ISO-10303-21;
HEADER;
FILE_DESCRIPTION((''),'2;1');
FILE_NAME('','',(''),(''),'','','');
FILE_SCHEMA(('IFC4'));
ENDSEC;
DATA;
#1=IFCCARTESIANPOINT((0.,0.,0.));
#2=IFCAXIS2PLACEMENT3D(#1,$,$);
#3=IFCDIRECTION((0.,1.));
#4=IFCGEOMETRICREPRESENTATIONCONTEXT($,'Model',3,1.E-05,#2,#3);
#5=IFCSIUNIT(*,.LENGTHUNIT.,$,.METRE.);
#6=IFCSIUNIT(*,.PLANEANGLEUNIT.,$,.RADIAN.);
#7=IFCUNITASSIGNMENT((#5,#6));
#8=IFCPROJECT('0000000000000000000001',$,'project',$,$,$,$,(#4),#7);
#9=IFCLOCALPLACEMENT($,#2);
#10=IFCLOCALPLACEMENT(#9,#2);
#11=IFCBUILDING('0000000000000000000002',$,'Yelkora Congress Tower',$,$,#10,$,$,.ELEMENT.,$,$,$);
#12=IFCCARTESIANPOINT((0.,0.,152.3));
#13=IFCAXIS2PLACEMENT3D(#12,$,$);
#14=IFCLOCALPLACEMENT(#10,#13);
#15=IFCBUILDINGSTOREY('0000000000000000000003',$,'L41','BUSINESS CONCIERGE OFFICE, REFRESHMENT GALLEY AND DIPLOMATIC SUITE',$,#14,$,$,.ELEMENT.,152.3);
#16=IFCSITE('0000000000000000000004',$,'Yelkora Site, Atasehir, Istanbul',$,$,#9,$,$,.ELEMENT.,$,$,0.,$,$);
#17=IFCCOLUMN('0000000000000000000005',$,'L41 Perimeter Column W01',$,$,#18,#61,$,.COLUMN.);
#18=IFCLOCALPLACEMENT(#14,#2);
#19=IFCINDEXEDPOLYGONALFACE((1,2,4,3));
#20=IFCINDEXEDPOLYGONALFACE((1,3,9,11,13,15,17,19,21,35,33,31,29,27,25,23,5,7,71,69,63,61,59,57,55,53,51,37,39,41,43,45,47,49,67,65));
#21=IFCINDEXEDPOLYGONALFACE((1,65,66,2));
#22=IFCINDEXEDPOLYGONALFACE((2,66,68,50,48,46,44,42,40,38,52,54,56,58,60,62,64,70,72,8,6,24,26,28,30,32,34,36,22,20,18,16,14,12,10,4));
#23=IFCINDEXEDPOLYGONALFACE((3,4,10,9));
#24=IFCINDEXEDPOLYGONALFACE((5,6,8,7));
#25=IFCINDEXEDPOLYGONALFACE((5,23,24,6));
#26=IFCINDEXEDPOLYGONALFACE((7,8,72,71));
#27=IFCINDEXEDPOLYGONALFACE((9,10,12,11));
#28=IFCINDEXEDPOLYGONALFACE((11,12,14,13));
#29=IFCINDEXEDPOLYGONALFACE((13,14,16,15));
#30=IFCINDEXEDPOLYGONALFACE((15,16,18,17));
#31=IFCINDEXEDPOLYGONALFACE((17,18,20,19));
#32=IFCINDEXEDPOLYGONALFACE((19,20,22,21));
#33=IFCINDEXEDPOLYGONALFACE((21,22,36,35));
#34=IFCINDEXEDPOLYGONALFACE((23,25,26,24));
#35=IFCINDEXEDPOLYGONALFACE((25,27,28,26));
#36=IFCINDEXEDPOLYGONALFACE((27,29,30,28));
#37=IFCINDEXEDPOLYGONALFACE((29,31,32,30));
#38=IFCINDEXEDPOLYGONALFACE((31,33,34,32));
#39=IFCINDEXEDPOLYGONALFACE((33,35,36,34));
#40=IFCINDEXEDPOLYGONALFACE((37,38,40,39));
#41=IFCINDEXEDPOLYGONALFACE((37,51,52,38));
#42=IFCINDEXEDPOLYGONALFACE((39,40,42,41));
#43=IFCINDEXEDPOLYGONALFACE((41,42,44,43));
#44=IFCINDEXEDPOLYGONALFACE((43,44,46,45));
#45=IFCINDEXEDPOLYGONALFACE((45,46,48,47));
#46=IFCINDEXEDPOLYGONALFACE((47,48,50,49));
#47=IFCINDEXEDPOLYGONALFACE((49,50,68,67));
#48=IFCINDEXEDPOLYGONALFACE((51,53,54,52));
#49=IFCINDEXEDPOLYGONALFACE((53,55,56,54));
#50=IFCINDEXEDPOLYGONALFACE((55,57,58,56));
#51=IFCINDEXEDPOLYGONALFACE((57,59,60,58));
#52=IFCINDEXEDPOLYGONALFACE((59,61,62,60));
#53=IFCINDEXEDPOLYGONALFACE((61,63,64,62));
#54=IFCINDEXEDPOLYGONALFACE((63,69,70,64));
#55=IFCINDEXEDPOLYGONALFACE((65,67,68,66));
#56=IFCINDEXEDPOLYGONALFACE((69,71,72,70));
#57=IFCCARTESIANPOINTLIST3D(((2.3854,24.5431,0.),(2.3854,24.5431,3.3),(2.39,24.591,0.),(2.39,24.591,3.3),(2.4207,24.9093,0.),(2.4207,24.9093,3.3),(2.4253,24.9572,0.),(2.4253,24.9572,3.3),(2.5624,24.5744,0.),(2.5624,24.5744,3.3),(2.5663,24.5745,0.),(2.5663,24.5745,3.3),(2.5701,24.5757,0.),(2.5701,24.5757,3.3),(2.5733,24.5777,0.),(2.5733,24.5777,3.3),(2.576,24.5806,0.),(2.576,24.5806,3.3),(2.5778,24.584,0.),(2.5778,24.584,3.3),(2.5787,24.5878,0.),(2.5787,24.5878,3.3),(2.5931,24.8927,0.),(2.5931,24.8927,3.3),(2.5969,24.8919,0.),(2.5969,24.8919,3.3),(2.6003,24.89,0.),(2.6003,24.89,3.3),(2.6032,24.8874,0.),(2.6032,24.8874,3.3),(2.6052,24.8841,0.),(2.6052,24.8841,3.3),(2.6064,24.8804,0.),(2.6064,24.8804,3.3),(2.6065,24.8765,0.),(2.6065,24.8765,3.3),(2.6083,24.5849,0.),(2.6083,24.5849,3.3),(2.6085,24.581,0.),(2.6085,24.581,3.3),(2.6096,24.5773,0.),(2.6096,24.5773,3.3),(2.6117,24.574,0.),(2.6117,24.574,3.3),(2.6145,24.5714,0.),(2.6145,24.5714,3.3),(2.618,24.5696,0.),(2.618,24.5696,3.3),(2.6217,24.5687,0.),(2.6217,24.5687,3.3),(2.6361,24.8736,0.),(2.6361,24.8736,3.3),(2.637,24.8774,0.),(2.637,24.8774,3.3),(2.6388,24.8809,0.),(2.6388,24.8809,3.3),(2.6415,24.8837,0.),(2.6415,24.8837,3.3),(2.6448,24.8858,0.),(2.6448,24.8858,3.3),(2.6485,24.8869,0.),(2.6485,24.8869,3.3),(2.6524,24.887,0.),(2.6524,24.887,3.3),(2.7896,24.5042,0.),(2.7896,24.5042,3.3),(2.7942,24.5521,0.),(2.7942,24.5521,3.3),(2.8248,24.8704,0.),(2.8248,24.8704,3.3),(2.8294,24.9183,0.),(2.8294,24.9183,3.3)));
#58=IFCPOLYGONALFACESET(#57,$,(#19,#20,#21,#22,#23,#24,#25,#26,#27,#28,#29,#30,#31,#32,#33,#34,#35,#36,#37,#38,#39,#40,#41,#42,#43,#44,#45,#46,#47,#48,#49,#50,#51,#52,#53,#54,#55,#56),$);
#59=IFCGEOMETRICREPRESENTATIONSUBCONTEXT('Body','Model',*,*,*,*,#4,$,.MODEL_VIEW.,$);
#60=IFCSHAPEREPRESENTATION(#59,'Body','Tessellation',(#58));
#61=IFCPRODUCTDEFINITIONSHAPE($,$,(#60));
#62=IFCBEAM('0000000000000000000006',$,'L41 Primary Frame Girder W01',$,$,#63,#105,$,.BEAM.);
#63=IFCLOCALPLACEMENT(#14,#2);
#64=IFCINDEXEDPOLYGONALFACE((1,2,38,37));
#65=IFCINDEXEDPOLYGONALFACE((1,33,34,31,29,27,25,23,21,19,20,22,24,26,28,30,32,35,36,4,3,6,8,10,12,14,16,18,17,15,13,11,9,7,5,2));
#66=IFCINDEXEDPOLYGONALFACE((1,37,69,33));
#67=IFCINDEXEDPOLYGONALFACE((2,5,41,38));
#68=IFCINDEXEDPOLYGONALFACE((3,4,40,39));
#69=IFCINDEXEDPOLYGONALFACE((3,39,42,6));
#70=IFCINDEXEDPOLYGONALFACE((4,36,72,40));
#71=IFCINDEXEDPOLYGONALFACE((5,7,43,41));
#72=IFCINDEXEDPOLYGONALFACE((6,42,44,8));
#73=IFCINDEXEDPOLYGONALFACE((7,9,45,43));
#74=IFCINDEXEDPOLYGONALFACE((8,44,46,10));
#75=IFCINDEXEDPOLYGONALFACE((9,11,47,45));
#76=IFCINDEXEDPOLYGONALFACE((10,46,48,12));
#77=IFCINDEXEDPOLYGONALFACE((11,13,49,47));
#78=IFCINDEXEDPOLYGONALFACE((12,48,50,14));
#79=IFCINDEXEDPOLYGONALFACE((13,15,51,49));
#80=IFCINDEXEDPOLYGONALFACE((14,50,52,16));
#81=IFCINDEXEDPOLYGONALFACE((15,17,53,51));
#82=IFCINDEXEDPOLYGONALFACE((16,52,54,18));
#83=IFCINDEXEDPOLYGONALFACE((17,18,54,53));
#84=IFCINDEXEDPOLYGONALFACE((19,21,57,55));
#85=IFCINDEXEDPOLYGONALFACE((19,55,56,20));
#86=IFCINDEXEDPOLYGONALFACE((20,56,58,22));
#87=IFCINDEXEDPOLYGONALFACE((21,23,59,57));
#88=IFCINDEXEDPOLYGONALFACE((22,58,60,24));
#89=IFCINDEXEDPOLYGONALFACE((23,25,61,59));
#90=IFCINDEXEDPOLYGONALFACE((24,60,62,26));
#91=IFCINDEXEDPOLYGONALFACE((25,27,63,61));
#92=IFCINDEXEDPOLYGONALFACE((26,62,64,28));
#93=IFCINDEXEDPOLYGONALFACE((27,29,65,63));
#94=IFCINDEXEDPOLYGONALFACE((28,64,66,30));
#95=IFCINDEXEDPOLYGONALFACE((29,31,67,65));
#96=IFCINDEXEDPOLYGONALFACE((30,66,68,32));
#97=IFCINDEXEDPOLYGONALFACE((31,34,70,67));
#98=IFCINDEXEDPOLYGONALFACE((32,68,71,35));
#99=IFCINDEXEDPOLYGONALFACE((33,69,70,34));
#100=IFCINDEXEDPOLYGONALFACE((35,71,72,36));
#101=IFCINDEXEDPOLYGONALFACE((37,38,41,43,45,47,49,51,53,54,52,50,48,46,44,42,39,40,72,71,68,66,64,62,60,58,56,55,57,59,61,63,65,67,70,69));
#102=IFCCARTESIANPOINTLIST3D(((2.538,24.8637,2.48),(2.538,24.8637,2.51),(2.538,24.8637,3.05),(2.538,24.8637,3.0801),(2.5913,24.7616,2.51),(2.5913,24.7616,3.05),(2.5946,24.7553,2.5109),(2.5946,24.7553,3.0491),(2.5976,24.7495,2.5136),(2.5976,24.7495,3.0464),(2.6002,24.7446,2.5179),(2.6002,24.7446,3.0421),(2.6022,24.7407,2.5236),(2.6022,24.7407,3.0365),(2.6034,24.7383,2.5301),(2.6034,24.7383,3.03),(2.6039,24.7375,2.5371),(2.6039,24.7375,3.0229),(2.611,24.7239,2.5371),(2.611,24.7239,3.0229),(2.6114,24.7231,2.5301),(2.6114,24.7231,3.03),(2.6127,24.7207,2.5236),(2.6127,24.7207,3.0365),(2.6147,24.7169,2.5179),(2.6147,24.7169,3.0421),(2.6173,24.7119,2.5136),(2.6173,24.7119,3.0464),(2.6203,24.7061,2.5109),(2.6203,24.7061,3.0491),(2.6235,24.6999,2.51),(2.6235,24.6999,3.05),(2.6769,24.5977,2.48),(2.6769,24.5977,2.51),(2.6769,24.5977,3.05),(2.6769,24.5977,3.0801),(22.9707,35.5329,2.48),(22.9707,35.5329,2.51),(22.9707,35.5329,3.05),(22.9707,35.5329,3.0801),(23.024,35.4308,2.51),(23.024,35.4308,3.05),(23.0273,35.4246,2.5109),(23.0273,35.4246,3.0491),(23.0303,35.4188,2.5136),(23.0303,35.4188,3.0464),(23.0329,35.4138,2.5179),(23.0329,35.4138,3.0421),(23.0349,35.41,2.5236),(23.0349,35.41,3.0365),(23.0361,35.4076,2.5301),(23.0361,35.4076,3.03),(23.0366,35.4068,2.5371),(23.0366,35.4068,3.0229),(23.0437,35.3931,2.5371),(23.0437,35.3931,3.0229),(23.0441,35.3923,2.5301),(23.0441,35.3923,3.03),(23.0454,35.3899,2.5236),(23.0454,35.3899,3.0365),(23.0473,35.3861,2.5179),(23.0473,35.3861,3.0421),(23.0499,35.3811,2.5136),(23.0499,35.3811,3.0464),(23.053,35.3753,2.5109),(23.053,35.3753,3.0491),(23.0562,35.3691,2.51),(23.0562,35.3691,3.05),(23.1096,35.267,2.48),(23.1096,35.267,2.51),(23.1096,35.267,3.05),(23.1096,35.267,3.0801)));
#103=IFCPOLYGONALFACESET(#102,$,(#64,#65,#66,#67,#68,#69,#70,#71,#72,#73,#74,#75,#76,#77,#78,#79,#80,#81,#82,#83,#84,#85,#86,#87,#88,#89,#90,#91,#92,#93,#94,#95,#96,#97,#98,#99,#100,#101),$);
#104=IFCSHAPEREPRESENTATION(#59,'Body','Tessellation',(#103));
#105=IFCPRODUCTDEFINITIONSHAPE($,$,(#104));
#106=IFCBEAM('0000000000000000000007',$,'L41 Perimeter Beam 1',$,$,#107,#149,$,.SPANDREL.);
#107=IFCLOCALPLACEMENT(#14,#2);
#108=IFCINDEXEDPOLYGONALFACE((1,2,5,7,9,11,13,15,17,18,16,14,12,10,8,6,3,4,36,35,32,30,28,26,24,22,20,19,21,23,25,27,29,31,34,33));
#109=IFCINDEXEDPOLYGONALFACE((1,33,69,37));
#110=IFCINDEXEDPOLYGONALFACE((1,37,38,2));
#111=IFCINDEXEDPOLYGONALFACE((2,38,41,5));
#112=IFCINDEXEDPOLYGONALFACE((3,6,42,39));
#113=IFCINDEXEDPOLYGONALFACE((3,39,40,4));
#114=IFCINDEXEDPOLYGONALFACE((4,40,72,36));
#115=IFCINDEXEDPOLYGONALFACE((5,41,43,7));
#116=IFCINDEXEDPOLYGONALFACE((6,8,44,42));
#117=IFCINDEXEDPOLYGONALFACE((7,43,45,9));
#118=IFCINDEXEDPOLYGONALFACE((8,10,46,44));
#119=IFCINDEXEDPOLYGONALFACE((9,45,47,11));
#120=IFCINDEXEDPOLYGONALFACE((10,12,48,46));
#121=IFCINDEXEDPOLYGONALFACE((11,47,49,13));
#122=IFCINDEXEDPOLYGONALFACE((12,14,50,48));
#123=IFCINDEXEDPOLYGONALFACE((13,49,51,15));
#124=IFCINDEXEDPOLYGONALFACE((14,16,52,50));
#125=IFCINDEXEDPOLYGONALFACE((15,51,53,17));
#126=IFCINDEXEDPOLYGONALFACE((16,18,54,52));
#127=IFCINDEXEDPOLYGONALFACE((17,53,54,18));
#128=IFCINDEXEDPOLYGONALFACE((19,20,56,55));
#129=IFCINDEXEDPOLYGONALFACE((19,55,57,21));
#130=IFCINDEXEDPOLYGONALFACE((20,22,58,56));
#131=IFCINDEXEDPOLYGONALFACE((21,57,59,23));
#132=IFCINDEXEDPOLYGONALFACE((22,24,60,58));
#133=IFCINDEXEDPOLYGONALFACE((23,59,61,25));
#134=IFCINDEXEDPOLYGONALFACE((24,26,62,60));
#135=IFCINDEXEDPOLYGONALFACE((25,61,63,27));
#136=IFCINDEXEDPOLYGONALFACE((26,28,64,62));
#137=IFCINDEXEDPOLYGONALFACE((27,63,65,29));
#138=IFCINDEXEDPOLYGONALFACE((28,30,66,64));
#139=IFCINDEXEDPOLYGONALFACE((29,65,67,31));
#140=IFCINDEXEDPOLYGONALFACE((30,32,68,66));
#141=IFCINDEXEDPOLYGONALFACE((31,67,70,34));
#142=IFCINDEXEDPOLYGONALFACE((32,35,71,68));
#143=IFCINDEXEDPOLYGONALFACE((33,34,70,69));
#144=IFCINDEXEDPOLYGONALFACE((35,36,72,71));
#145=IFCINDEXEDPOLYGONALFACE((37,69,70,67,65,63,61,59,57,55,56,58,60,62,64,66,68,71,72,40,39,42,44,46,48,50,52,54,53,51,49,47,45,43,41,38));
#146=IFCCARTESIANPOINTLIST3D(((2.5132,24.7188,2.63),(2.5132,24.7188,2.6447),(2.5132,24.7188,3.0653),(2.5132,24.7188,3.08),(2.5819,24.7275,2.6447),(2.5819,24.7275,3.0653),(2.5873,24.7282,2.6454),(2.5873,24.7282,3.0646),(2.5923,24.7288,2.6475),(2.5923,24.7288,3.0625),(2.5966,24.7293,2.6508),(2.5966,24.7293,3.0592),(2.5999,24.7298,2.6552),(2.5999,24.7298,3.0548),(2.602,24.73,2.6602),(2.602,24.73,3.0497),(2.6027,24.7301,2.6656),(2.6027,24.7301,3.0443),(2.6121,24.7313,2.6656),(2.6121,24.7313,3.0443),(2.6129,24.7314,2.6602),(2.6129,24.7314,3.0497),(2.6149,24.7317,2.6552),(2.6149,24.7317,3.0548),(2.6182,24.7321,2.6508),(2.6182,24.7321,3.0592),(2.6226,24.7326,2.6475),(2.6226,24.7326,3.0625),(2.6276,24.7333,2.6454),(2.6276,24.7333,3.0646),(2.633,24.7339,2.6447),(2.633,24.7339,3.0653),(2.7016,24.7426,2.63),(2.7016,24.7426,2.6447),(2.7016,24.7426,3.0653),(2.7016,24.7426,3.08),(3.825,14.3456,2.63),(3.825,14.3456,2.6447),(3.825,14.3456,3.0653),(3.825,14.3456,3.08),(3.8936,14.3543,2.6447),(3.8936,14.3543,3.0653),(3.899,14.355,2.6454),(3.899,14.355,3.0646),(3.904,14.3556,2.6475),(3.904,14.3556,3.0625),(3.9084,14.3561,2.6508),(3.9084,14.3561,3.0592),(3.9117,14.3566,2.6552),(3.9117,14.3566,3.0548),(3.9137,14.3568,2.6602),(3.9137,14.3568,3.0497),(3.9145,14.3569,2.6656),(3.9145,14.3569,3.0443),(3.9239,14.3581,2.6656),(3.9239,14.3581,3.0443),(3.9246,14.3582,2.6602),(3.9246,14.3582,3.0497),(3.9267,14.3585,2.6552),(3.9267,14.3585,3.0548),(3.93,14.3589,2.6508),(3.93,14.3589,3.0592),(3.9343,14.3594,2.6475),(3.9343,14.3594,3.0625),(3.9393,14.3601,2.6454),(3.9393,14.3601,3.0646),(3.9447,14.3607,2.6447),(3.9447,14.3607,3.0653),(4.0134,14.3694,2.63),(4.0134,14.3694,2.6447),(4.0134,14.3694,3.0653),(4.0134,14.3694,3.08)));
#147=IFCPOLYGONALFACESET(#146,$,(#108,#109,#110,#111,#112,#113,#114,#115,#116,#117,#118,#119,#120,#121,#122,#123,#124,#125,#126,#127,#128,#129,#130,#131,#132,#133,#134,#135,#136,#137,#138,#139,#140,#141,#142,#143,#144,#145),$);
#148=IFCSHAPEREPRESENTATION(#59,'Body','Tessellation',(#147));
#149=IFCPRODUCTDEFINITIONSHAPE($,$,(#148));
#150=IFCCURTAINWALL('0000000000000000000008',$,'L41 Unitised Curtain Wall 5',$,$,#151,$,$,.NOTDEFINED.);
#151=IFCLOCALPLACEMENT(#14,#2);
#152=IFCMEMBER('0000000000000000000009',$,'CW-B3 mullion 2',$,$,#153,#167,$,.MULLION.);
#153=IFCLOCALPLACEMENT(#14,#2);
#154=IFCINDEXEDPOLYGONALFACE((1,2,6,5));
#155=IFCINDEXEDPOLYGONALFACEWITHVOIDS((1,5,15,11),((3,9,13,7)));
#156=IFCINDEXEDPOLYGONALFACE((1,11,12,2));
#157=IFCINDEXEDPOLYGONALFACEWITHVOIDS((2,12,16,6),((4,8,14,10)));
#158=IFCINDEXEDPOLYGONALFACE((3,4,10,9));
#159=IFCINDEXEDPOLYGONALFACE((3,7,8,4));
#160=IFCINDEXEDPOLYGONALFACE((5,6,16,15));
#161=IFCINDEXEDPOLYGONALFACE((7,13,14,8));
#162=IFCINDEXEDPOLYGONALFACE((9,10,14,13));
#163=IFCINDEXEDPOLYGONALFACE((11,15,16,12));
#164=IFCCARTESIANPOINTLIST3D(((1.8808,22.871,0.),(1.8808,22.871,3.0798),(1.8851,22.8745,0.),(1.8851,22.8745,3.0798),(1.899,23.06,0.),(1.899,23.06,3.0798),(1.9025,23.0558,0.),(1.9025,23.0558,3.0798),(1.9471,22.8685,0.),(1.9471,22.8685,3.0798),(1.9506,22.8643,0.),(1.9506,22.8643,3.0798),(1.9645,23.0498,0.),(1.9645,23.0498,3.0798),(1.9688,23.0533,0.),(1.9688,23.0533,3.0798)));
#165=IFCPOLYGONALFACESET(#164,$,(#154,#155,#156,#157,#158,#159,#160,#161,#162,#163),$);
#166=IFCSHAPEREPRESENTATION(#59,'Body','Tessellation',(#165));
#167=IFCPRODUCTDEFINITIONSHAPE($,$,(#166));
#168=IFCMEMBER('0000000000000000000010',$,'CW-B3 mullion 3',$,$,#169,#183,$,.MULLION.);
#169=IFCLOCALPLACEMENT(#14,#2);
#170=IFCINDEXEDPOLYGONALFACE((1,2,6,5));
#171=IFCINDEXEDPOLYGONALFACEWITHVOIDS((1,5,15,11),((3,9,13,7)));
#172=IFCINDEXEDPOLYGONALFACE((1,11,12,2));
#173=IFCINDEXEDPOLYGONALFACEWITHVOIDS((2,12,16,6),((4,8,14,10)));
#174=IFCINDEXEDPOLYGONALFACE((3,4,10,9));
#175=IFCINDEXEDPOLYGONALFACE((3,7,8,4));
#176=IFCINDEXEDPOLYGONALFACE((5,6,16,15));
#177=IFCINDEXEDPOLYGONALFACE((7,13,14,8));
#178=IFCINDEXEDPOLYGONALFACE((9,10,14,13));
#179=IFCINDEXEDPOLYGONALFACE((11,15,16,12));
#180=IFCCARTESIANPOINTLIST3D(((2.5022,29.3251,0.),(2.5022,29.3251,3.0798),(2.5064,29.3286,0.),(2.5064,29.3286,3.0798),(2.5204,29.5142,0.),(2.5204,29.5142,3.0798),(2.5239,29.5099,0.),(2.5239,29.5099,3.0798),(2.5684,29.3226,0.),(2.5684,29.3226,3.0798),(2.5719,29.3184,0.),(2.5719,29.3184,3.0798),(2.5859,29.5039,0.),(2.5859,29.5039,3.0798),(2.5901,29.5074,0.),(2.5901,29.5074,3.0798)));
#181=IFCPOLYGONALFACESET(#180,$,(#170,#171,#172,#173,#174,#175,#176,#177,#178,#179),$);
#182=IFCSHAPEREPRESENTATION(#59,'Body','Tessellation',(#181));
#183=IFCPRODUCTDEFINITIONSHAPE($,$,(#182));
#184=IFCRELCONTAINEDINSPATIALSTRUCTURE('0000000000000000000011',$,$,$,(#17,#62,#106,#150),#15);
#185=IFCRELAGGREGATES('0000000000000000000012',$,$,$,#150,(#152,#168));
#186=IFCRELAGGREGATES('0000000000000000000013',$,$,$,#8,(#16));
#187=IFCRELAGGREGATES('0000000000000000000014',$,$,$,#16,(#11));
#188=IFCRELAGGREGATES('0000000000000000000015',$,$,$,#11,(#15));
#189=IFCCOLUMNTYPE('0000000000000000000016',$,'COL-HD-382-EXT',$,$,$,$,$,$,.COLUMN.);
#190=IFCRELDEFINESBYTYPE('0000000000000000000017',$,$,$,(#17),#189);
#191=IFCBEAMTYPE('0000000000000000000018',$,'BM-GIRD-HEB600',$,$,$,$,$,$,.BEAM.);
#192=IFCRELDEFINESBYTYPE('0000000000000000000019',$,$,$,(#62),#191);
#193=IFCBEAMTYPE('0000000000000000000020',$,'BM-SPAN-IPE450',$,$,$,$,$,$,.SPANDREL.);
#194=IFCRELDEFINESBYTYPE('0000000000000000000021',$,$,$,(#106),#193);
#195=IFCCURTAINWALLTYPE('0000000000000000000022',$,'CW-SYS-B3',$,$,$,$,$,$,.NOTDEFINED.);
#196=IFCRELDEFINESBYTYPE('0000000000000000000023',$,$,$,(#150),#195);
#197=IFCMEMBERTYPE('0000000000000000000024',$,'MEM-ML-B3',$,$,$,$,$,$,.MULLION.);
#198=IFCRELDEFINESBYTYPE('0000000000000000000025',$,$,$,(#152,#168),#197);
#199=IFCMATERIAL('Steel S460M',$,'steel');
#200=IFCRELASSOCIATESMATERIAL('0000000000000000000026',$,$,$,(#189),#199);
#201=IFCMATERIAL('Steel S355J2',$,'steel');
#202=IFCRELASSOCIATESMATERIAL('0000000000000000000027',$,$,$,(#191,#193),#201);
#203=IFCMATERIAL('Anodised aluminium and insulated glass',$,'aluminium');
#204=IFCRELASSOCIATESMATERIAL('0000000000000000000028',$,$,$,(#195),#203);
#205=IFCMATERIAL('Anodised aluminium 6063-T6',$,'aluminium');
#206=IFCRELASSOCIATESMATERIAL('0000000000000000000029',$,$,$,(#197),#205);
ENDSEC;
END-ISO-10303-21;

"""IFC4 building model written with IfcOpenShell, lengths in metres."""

from ifc_helpers import new_model, si_unit, direction, frame, origin, origin_2d, place, context, subcontext, project, spatial, hollow_rectangle, i_section, extrude, material, material_profile, profile_set, type_object, element, aggregate, save


model = new_model("IFC4")

# Units and contexts
model_context = context("Model", 3, precision=1e-05, world=origin(), true_north=direction((0.0, 1.0)))
body_context = subcontext(model_context, "Body", "Model", "MODEL_VIEW")
ifc_project = project(units=[si_unit("LENGTHUNIT", "METRE"), si_unit("PLANEANGLEUNIT", "RADIAN")], contexts=[model_context])

# Site, building, storey
site_placement = place(None, origin())
site = spatial("IfcSite", under=ifc_project, at=site_placement, Name="Yelkora Site, Atasehir, Istanbul", CompositionType="ELEMENT", RefElevation=0.0)
building_placement = place(site_placement, origin())
building = spatial("IfcBuilding", under=site, at=building_placement, Name="Yelkora Congress Tower", CompositionType="ELEMENT")
storey_placement = place(building_placement, frame((0.0, 0.0, 152.3)))
storey = spatial("IfcBuildingStorey", under=building, at=storey_placement, Name="L41", Description="BUSINESS CONCIERGE OFFICE, REFRESHMENT GALLEY AND DIPLOMATIC SUITE", CompositionType="ELEMENT", Elevation=152.3)

# Column
ifc_material_1 = material(Name="Steel S460M", Category="steel")
ifc_material_profile_1 = material_profile(ifc_material_1, i_section(OverallWidth=0.406, OverallDepth=0.416, WebThickness=0.0298, FlangeThickness=0.0481, FilletRadius=0.0149, at=origin_2d()), Name="HD 400x382")
ifc_profile_set_1 = profile_set([ifc_material_profile_1], Name="Steel S460M")
column_type = type_object("IfcColumnType", Name="COL-HD-382-EXT", PredefinedType="COLUMN", material=ifc_profile_set_1)
column_placement = place(storey_placement, frame((2.6074, 24.7307, 0.0), z_axis=(0.0, 0.0, 1.0), x_axis=(0.995396, -0.095846, 0.0)))
element("IfcColumn", 1, at=column_placement, inside=storey, type_object=column_type, Name="L41 Perimeter Column W01", PredefinedType="COLUMN", context=body_context, shape_type="SweptSolid", body=[
    extrude(i_section(OverallWidth=0.406, OverallDepth=0.416, WebThickness=0.0298, FlangeThickness=0.0481, FilletRadius=0.0149, at=origin_2d()), origin(), (0.0, 0.0, 1.0), 3.3),
])

# Beams
ifc_material_2 = material(Name="Steel S355J2", Category="steel")
ifc_material_profile_2 = material_profile(ifc_material_2, i_section(OverallWidth=0.3, OverallDepth=0.6001, WebThickness=0.0154, FlangeThickness=0.03, FilletRadius=0.0271, at=origin_2d()), Name="HEB 600")
ifc_profile_set_2 = profile_set([ifc_material_profile_2], Name="Steel S355J2")
beam_type_1 = type_object("IfcBeamType", Name="BM-GIRD-HEB600", PredefinedType="BEAM", material=ifc_profile_set_2)
beam_1_placement = place(storey_placement, frame((2.6074, 24.7307, 2.78), z_axis=(0.88643, 0.462862, 0.0), x_axis=(-0.462862, 0.88643, 0.0)))
element("IfcBeam", 2, at=beam_1_placement, inside=storey, type_object=beam_type_1, Name="L41 Primary Frame Girder W01", PredefinedType="BEAM", context=body_context, shape_type="SweptSolid", body=[
    extrude(i_section(OverallWidth=0.3, OverallDepth=0.6001, WebThickness=0.0154, FlangeThickness=0.03, FilletRadius=0.0271, at=origin_2d()), origin(), (0.0, 0.0, 1.0), 23.0505),
])
ifc_material_profile_3 = material_profile(ifc_material_2, i_section(OverallWidth=0.1899, OverallDepth=0.45, WebThickness=0.0095, FlangeThickness=0.0146, FilletRadius=0.021, at=origin_2d()), Name="IPE 450")
ifc_profile_set_3 = profile_set([ifc_material_profile_3], Name="Steel S355J2")
beam_type_2 = type_object("IfcBeamType", Name="BM-SPAN-IPE450", PredefinedType="SPANDREL", material=ifc_profile_set_3)
beam_2_placement = place(storey_placement, frame((2.6074, 24.7307, 2.855), z_axis=(0.125457, -0.992099, 0.0), x_axis=(0.992099, 0.125457, 0.0)))
element("IfcBeam", 3, at=beam_2_placement, inside=storey, type_object=beam_type_2, Name="L41 Perimeter Beam 1", PredefinedType="SPANDREL", context=body_context, shape_type="SweptSolid", body=[
    extrude(i_section(OverallWidth=0.1899, OverallDepth=0.45, WebThickness=0.0095, FlangeThickness=0.0146, FilletRadius=0.021, at=origin_2d()), origin(), (0.0, 0.0, 1.0), 10.4558),
])

# Curtain wall, members
ifc_material_3 = material(Name="Anodised aluminium and insulated glass", Category="aluminium")
curtain_wall_type = type_object("IfcCurtainWallType", Name="CW-SYS-B3", PredefinedType="NOTDEFINED", material=ifc_material_3)
curtain_wall_placement = place(storey_placement, origin())
curtain_wall = element("IfcCurtainWall", 4, at=curtain_wall_placement, inside=storey, type_object=curtain_wall_type, Name="L41 Unitised Curtain Wall 5", PredefinedType="NOTDEFINED")
ifc_material_4 = material(Name="Anodised aluminium 6063-T6", Category="aluminium")
ifc_material_profile_4 = material_profile(ifc_material_4, hollow_rectangle(XDim=0.0701, YDim=0.1899, WallThickness=0.0039, at=origin_2d()), Name="ALU 70x190x4")
ifc_profile_set_4 = profile_set([ifc_material_profile_4], Name="Anodised aluminium 6063-T6")
member_type_1 = type_object("IfcMemberType", Name="MEM-ML-B3", PredefinedType="MULLION", material=ifc_profile_set_4)
member_1_placement = place(storey_placement, frame((1.9248, 22.9622, 0.0), z_axis=(0.0, 0.0, 1.0), x_axis=(-0.995396, 0.095845, 0.0)))
member_1 = element("IfcMember", 5, at=member_1_placement, type_object=member_type_1, Name="CW-B3 mullion 2", PredefinedType="MULLION", context=body_context, shape_type="SweptSolid", body=[
    extrude(hollow_rectangle(XDim=0.0701, YDim=0.1899, WallThickness=0.0039, at=origin_2d()), origin(), (0.0, 0.0, 1.0), 3.0798),
])
member_2_placement = place(storey_placement, frame((2.5461, 29.4163, 0.0), z_axis=(0.0, 0.0, 1.0), x_axis=(-0.995396, 0.095845, 0.0)))
member_2 = element("IfcMember", 6, at=member_2_placement, type_object=member_type_1, Name="CW-B3 mullion 3", PredefinedType="MULLION", context=body_context, shape_type="SweptSolid", body=[
    extrude(hollow_rectangle(XDim=0.0701, YDim=0.1899, WallThickness=0.0039, at=origin_2d()), origin(), (0.0, 0.0, 1.0), 3.0798),
])
aggregate(curtain_wall, [member_1, member_2])

save(model, "model.ifc")
